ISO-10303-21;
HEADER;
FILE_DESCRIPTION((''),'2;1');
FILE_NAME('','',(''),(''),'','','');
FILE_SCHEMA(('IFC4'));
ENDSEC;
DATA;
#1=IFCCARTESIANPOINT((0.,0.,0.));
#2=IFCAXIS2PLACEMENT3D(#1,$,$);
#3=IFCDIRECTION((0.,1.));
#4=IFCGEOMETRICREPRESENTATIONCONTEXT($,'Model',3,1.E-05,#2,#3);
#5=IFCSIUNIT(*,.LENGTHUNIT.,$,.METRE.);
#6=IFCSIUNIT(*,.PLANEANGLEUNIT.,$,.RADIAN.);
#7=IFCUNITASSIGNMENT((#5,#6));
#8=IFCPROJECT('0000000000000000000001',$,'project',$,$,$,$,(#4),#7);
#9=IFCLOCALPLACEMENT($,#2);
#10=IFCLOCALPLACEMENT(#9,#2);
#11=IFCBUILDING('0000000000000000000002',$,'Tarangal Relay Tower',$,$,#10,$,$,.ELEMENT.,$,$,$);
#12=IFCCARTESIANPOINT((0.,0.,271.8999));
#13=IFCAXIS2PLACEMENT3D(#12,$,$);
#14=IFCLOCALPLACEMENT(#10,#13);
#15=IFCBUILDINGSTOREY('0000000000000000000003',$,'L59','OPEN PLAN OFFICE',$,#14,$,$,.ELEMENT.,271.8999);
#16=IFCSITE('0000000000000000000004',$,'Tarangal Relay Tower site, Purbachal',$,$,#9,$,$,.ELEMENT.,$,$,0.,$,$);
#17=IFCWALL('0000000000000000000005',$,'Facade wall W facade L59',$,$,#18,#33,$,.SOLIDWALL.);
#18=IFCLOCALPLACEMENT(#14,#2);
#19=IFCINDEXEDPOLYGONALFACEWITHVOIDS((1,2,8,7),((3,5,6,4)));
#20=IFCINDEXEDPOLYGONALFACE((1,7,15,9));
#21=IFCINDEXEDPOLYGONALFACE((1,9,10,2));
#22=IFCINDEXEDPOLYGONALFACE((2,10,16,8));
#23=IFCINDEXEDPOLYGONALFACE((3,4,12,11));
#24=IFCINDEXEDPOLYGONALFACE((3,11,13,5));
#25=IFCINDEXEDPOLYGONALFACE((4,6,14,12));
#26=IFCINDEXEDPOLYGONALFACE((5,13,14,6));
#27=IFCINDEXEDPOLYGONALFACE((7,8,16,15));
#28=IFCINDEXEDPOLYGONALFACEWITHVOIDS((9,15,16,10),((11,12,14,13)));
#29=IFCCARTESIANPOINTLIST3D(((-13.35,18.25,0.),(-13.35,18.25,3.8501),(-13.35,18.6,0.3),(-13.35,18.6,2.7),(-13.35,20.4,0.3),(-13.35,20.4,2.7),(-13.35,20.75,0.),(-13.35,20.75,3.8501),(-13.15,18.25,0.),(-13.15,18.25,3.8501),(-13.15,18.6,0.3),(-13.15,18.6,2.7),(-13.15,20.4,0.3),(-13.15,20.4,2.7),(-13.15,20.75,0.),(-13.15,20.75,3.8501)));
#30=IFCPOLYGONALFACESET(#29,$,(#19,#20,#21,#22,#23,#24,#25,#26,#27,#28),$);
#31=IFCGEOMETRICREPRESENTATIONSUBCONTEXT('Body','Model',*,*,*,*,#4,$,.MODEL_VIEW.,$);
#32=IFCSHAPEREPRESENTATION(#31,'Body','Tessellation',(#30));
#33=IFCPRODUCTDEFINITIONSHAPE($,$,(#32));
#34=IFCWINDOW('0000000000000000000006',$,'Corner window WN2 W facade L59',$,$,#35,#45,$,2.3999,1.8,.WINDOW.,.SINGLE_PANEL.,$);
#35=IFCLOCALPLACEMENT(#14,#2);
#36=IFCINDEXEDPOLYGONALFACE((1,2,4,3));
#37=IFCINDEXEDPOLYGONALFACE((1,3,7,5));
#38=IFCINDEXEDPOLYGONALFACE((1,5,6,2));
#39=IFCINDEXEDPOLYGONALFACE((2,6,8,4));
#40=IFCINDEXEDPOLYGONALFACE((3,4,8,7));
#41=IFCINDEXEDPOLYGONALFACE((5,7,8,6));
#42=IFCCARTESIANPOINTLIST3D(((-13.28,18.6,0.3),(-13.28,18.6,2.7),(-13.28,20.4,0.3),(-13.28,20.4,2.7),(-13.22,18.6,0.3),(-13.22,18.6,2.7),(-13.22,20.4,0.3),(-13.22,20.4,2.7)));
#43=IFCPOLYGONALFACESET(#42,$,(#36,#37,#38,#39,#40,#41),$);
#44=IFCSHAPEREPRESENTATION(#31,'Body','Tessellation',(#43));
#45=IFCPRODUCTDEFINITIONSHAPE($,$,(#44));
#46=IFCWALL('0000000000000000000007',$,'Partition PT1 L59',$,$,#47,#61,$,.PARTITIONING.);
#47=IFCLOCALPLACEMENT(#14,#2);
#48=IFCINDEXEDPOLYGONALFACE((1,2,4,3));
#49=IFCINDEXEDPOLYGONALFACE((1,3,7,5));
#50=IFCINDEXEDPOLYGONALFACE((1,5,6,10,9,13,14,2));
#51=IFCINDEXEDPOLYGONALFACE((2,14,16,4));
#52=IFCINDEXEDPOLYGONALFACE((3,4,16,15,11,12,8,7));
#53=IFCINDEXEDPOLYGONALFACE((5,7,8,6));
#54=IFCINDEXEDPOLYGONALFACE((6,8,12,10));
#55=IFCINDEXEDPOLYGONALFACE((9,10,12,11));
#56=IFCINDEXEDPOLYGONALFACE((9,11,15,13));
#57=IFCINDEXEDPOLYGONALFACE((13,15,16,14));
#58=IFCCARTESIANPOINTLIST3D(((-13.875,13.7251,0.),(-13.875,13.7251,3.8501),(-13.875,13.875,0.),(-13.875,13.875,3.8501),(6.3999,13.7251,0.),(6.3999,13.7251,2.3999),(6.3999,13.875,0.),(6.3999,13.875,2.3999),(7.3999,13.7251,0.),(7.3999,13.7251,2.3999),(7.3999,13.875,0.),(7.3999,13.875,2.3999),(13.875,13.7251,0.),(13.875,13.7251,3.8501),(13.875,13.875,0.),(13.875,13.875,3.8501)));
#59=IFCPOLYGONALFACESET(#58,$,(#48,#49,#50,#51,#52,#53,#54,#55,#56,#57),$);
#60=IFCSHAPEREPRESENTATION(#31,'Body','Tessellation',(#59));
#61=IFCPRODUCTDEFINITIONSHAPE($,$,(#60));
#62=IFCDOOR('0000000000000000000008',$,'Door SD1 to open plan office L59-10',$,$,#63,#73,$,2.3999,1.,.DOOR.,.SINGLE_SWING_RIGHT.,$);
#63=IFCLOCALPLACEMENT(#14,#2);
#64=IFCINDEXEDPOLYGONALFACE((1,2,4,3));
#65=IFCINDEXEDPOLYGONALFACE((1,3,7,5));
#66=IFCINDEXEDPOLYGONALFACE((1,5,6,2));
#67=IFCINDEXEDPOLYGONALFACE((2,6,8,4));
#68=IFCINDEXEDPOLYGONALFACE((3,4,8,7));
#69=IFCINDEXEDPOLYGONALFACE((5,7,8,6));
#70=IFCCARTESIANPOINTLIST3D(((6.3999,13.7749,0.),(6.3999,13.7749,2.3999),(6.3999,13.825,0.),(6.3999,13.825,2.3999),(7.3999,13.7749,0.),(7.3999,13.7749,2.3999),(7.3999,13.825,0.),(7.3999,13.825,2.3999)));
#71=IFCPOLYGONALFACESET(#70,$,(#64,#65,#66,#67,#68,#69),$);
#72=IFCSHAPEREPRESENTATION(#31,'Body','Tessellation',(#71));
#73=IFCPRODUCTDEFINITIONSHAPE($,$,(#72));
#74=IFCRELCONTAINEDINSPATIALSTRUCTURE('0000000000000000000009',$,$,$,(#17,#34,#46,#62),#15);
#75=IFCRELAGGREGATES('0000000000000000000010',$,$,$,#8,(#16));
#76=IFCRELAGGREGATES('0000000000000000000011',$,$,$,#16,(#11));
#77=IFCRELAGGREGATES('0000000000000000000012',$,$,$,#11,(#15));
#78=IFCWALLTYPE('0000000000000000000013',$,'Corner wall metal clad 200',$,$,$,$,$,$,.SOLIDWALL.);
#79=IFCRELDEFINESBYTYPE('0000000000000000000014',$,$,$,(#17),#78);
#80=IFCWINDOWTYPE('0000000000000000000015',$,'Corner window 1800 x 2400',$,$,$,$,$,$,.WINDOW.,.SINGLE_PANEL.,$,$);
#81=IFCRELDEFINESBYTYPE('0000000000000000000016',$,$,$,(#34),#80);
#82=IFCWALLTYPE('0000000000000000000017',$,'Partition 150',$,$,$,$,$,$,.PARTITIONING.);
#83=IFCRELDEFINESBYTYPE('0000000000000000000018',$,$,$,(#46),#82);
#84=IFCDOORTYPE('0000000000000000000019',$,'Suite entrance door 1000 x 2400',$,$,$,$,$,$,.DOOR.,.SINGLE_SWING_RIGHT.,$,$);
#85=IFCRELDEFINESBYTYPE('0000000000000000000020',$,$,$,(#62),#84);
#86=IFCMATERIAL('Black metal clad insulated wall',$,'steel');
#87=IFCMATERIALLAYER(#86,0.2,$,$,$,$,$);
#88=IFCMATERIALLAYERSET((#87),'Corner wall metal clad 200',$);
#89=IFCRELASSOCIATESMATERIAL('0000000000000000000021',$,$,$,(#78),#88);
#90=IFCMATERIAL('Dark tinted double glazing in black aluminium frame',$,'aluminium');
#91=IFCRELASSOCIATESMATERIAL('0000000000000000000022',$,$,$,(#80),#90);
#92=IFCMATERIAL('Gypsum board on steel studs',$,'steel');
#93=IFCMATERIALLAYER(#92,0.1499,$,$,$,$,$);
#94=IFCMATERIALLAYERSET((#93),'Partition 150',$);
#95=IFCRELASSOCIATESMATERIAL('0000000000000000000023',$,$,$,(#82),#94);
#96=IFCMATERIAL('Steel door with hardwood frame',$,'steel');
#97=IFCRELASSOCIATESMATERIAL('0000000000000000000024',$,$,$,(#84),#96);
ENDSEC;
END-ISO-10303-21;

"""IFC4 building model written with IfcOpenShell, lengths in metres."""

from ifc_helpers import new_model, si_unit, direction, frame, frame_2d, origin, place, context, subcontext, project, spatial, rectangle, extrude, material, layer, layer_set, type_object, element, fill, save


model = new_model("IFC4")

# Units and contexts
model_context = context("Model", 3, precision=1e-05, world=origin(), true_north=direction((0.0, 1.0)))
body_context = subcontext(model_context, "Body", "Model", "MODEL_VIEW")
ifc_project = project(units=[si_unit("LENGTHUNIT", "METRE"), si_unit("PLANEANGLEUNIT", "RADIAN")], contexts=[model_context])

# Site, building, storey
site_placement = place(None, origin())
site = spatial("IfcSite", under=ifc_project, at=site_placement, Name="Tarangal Relay Tower site, Purbachal", CompositionType="ELEMENT", RefElevation=0.0)
building_placement = place(site_placement, origin())
building = spatial("IfcBuilding", under=site, at=building_placement, Name="Tarangal Relay Tower", CompositionType="ELEMENT")
storey_placement = place(building_placement, frame((0.0, 0.0, 271.8999)))
storey = spatial("IfcBuildingStorey", under=building, at=storey_placement, Name="L59", Description="OPEN PLAN OFFICE", CompositionType="ELEMENT", Elevation=271.8999)

# Shared definitions
ifc_material_1 = material(Name="Steel door with hardwood frame", Category="steel")

# Shared definitions
ifc_material_2 = material(Name="Black metal clad insulated wall", Category="steel")
ifc_layer_1 = layer(ifc_material_2, 0.2)
ifc_layer_set_1 = layer_set([ifc_layer_1], Name="Corner wall metal clad 200")
wall_type_1 = type_object("IfcWallType", Name="Corner wall metal clad 200", PredefinedType="SOLIDWALL", material=ifc_layer_set_1)

# Shared definitions
ifc_material_3 = material(Name="Dark tinted double glazing in black aluminium frame", Category="aluminium")
window_type = type_object("IfcWindowType", Name="Corner window 1800 x 2400", PartitioningType="SINGLE_PANEL", PredefinedType="WINDOW", material=ifc_material_3)

# Wall, opening, window
wall_1_placement = place(storey_placement, frame((-13.25, 18.25, 0.0), z_axis=(0.0, 0.0, 1.0), x_axis=(0.0, 1.0, 0.0)))
wall_1 = element("IfcWall", 1, at=wall_1_placement, inside=storey, type_object=wall_type_1, Name="Facade wall W facade L59", PredefinedType="SOLIDWALL", context=body_context, shape_type="SweptSolid", body=[
    extrude(rectangle(XDim=2.5, YDim=0.2, at=frame_2d((1.25, 0.0))), origin(), (0.0, 0.0, 1.0), 3.8501),
])
opening_1_placement = place(wall_1_placement, frame((0.3501, 0.0, 0.3)))
opening_1 = element("IfcOpeningElement", 2, at=opening_1_placement, cuts=wall_1, PredefinedType="OPENING", context=body_context, shape_type="SweptSolid", body=[
    extrude(rectangle(XDim=1.8, YDim=2.3999, at=frame_2d((0.8999, 1.2))), frame((0.0, 0.1099, 0.0), z_axis=(0.0, -1.0, 0.0), x_axis=(1.0, 0.0, 0.0)), (0.0, 0.0, 1.0), 0.22),
])
window_1_placement = place(opening_1_placement, origin())
window_1 = element("IfcWindow", 3, at=window_1_placement, inside=storey, type_object=window_type, Name="Corner window WN2 W facade L59", OverallHeight=2.3999, OverallWidth=1.8, PartitioningType="SINGLE_PANEL", PredefinedType="WINDOW", context=body_context, shape_type="SweptSolid", body=[
    extrude(rectangle(XDim=1.8, YDim=2.3999, at=frame_2d((0.8999, 1.2))), frame((0.0, 0.03, 0.0), z_axis=(0.0, -1.0, 0.0), x_axis=(1.0, 0.0, 0.0)), (0.0, 0.0, 1.0), 0.0601),
])
fill(opening_1, window_1)

# Wall, opening, door
ifc_material_4 = material(Name="Gypsum board on steel studs", Category="steel")
ifc_layer_2 = layer(ifc_material_4, 0.1499)
ifc_layer_set_2 = layer_set([ifc_layer_2], Name="Partition 150")
wall_type_2 = type_object("IfcWallType", Name="Partition 150", PredefinedType="PARTITIONING", material=ifc_layer_set_2)
wall_2_placement = place(storey_placement, frame((-13.875, 13.8, 0.0), z_axis=(0.0, 0.0, 1.0), x_axis=(1.0, 0.0, 0.0)))
wall_2 = element("IfcWall", 4, at=wall_2_placement, inside=storey, type_object=wall_type_2, Name="Partition PT1 L59", PredefinedType="PARTITIONING", context=body_context, shape_type="SweptSolid", body=[
    extrude(rectangle(XDim=27.75, YDim=0.1499, at=frame_2d((13.875, 0.0))), origin(), (0.0, 0.0, 1.0), 3.8501),
])
opening_2_placement = place(wall_2_placement, frame((20.2749, 0.0, 0.0)))
opening_2 = element("IfcOpeningElement", 5, at=opening_2_placement, cuts=wall_2, PredefinedType="OPENING", context=body_context, shape_type="SweptSolid", body=[
    extrude(rectangle(XDim=1.0, YDim=2.3999, at=frame_2d((0.5, 1.2))), frame((0.0, 0.085, 0.0), z_axis=(0.0, -1.0, 0.0), x_axis=(1.0, 0.0, 0.0)), (0.0, 0.0, 1.0), 0.1699),
])
door_type_1 = type_object("IfcDoorType", Name="Suite entrance door 1000 x 2400", OperationType="SINGLE_SWING_RIGHT", PredefinedType="DOOR", material=ifc_material_1)
door_1_placement = place(opening_2_placement, origin())
door_1 = element("IfcDoor", 6, at=door_1_placement, inside=storey, type_object=door_type_1, Name="Door SD1 to open plan office L59-10", OperationType="SINGLE_SWING_RIGHT", OverallHeight=2.3999, OverallWidth=1.0, PredefinedType="DOOR", context=body_context, shape_type="SweptSolid", body=[
    extrude(rectangle(XDim=1.0, YDim=2.3999, at=frame_2d((0.5, 1.2))), frame((0.0, 0.0249, 0.0), z_axis=(0.0, -1.0, 0.0), x_axis=(1.0, 0.0, 0.0)), (0.0, 0.0, 1.0), 0.05),
])
fill(opening_2, door_1)

save(model, "model.ifc")
